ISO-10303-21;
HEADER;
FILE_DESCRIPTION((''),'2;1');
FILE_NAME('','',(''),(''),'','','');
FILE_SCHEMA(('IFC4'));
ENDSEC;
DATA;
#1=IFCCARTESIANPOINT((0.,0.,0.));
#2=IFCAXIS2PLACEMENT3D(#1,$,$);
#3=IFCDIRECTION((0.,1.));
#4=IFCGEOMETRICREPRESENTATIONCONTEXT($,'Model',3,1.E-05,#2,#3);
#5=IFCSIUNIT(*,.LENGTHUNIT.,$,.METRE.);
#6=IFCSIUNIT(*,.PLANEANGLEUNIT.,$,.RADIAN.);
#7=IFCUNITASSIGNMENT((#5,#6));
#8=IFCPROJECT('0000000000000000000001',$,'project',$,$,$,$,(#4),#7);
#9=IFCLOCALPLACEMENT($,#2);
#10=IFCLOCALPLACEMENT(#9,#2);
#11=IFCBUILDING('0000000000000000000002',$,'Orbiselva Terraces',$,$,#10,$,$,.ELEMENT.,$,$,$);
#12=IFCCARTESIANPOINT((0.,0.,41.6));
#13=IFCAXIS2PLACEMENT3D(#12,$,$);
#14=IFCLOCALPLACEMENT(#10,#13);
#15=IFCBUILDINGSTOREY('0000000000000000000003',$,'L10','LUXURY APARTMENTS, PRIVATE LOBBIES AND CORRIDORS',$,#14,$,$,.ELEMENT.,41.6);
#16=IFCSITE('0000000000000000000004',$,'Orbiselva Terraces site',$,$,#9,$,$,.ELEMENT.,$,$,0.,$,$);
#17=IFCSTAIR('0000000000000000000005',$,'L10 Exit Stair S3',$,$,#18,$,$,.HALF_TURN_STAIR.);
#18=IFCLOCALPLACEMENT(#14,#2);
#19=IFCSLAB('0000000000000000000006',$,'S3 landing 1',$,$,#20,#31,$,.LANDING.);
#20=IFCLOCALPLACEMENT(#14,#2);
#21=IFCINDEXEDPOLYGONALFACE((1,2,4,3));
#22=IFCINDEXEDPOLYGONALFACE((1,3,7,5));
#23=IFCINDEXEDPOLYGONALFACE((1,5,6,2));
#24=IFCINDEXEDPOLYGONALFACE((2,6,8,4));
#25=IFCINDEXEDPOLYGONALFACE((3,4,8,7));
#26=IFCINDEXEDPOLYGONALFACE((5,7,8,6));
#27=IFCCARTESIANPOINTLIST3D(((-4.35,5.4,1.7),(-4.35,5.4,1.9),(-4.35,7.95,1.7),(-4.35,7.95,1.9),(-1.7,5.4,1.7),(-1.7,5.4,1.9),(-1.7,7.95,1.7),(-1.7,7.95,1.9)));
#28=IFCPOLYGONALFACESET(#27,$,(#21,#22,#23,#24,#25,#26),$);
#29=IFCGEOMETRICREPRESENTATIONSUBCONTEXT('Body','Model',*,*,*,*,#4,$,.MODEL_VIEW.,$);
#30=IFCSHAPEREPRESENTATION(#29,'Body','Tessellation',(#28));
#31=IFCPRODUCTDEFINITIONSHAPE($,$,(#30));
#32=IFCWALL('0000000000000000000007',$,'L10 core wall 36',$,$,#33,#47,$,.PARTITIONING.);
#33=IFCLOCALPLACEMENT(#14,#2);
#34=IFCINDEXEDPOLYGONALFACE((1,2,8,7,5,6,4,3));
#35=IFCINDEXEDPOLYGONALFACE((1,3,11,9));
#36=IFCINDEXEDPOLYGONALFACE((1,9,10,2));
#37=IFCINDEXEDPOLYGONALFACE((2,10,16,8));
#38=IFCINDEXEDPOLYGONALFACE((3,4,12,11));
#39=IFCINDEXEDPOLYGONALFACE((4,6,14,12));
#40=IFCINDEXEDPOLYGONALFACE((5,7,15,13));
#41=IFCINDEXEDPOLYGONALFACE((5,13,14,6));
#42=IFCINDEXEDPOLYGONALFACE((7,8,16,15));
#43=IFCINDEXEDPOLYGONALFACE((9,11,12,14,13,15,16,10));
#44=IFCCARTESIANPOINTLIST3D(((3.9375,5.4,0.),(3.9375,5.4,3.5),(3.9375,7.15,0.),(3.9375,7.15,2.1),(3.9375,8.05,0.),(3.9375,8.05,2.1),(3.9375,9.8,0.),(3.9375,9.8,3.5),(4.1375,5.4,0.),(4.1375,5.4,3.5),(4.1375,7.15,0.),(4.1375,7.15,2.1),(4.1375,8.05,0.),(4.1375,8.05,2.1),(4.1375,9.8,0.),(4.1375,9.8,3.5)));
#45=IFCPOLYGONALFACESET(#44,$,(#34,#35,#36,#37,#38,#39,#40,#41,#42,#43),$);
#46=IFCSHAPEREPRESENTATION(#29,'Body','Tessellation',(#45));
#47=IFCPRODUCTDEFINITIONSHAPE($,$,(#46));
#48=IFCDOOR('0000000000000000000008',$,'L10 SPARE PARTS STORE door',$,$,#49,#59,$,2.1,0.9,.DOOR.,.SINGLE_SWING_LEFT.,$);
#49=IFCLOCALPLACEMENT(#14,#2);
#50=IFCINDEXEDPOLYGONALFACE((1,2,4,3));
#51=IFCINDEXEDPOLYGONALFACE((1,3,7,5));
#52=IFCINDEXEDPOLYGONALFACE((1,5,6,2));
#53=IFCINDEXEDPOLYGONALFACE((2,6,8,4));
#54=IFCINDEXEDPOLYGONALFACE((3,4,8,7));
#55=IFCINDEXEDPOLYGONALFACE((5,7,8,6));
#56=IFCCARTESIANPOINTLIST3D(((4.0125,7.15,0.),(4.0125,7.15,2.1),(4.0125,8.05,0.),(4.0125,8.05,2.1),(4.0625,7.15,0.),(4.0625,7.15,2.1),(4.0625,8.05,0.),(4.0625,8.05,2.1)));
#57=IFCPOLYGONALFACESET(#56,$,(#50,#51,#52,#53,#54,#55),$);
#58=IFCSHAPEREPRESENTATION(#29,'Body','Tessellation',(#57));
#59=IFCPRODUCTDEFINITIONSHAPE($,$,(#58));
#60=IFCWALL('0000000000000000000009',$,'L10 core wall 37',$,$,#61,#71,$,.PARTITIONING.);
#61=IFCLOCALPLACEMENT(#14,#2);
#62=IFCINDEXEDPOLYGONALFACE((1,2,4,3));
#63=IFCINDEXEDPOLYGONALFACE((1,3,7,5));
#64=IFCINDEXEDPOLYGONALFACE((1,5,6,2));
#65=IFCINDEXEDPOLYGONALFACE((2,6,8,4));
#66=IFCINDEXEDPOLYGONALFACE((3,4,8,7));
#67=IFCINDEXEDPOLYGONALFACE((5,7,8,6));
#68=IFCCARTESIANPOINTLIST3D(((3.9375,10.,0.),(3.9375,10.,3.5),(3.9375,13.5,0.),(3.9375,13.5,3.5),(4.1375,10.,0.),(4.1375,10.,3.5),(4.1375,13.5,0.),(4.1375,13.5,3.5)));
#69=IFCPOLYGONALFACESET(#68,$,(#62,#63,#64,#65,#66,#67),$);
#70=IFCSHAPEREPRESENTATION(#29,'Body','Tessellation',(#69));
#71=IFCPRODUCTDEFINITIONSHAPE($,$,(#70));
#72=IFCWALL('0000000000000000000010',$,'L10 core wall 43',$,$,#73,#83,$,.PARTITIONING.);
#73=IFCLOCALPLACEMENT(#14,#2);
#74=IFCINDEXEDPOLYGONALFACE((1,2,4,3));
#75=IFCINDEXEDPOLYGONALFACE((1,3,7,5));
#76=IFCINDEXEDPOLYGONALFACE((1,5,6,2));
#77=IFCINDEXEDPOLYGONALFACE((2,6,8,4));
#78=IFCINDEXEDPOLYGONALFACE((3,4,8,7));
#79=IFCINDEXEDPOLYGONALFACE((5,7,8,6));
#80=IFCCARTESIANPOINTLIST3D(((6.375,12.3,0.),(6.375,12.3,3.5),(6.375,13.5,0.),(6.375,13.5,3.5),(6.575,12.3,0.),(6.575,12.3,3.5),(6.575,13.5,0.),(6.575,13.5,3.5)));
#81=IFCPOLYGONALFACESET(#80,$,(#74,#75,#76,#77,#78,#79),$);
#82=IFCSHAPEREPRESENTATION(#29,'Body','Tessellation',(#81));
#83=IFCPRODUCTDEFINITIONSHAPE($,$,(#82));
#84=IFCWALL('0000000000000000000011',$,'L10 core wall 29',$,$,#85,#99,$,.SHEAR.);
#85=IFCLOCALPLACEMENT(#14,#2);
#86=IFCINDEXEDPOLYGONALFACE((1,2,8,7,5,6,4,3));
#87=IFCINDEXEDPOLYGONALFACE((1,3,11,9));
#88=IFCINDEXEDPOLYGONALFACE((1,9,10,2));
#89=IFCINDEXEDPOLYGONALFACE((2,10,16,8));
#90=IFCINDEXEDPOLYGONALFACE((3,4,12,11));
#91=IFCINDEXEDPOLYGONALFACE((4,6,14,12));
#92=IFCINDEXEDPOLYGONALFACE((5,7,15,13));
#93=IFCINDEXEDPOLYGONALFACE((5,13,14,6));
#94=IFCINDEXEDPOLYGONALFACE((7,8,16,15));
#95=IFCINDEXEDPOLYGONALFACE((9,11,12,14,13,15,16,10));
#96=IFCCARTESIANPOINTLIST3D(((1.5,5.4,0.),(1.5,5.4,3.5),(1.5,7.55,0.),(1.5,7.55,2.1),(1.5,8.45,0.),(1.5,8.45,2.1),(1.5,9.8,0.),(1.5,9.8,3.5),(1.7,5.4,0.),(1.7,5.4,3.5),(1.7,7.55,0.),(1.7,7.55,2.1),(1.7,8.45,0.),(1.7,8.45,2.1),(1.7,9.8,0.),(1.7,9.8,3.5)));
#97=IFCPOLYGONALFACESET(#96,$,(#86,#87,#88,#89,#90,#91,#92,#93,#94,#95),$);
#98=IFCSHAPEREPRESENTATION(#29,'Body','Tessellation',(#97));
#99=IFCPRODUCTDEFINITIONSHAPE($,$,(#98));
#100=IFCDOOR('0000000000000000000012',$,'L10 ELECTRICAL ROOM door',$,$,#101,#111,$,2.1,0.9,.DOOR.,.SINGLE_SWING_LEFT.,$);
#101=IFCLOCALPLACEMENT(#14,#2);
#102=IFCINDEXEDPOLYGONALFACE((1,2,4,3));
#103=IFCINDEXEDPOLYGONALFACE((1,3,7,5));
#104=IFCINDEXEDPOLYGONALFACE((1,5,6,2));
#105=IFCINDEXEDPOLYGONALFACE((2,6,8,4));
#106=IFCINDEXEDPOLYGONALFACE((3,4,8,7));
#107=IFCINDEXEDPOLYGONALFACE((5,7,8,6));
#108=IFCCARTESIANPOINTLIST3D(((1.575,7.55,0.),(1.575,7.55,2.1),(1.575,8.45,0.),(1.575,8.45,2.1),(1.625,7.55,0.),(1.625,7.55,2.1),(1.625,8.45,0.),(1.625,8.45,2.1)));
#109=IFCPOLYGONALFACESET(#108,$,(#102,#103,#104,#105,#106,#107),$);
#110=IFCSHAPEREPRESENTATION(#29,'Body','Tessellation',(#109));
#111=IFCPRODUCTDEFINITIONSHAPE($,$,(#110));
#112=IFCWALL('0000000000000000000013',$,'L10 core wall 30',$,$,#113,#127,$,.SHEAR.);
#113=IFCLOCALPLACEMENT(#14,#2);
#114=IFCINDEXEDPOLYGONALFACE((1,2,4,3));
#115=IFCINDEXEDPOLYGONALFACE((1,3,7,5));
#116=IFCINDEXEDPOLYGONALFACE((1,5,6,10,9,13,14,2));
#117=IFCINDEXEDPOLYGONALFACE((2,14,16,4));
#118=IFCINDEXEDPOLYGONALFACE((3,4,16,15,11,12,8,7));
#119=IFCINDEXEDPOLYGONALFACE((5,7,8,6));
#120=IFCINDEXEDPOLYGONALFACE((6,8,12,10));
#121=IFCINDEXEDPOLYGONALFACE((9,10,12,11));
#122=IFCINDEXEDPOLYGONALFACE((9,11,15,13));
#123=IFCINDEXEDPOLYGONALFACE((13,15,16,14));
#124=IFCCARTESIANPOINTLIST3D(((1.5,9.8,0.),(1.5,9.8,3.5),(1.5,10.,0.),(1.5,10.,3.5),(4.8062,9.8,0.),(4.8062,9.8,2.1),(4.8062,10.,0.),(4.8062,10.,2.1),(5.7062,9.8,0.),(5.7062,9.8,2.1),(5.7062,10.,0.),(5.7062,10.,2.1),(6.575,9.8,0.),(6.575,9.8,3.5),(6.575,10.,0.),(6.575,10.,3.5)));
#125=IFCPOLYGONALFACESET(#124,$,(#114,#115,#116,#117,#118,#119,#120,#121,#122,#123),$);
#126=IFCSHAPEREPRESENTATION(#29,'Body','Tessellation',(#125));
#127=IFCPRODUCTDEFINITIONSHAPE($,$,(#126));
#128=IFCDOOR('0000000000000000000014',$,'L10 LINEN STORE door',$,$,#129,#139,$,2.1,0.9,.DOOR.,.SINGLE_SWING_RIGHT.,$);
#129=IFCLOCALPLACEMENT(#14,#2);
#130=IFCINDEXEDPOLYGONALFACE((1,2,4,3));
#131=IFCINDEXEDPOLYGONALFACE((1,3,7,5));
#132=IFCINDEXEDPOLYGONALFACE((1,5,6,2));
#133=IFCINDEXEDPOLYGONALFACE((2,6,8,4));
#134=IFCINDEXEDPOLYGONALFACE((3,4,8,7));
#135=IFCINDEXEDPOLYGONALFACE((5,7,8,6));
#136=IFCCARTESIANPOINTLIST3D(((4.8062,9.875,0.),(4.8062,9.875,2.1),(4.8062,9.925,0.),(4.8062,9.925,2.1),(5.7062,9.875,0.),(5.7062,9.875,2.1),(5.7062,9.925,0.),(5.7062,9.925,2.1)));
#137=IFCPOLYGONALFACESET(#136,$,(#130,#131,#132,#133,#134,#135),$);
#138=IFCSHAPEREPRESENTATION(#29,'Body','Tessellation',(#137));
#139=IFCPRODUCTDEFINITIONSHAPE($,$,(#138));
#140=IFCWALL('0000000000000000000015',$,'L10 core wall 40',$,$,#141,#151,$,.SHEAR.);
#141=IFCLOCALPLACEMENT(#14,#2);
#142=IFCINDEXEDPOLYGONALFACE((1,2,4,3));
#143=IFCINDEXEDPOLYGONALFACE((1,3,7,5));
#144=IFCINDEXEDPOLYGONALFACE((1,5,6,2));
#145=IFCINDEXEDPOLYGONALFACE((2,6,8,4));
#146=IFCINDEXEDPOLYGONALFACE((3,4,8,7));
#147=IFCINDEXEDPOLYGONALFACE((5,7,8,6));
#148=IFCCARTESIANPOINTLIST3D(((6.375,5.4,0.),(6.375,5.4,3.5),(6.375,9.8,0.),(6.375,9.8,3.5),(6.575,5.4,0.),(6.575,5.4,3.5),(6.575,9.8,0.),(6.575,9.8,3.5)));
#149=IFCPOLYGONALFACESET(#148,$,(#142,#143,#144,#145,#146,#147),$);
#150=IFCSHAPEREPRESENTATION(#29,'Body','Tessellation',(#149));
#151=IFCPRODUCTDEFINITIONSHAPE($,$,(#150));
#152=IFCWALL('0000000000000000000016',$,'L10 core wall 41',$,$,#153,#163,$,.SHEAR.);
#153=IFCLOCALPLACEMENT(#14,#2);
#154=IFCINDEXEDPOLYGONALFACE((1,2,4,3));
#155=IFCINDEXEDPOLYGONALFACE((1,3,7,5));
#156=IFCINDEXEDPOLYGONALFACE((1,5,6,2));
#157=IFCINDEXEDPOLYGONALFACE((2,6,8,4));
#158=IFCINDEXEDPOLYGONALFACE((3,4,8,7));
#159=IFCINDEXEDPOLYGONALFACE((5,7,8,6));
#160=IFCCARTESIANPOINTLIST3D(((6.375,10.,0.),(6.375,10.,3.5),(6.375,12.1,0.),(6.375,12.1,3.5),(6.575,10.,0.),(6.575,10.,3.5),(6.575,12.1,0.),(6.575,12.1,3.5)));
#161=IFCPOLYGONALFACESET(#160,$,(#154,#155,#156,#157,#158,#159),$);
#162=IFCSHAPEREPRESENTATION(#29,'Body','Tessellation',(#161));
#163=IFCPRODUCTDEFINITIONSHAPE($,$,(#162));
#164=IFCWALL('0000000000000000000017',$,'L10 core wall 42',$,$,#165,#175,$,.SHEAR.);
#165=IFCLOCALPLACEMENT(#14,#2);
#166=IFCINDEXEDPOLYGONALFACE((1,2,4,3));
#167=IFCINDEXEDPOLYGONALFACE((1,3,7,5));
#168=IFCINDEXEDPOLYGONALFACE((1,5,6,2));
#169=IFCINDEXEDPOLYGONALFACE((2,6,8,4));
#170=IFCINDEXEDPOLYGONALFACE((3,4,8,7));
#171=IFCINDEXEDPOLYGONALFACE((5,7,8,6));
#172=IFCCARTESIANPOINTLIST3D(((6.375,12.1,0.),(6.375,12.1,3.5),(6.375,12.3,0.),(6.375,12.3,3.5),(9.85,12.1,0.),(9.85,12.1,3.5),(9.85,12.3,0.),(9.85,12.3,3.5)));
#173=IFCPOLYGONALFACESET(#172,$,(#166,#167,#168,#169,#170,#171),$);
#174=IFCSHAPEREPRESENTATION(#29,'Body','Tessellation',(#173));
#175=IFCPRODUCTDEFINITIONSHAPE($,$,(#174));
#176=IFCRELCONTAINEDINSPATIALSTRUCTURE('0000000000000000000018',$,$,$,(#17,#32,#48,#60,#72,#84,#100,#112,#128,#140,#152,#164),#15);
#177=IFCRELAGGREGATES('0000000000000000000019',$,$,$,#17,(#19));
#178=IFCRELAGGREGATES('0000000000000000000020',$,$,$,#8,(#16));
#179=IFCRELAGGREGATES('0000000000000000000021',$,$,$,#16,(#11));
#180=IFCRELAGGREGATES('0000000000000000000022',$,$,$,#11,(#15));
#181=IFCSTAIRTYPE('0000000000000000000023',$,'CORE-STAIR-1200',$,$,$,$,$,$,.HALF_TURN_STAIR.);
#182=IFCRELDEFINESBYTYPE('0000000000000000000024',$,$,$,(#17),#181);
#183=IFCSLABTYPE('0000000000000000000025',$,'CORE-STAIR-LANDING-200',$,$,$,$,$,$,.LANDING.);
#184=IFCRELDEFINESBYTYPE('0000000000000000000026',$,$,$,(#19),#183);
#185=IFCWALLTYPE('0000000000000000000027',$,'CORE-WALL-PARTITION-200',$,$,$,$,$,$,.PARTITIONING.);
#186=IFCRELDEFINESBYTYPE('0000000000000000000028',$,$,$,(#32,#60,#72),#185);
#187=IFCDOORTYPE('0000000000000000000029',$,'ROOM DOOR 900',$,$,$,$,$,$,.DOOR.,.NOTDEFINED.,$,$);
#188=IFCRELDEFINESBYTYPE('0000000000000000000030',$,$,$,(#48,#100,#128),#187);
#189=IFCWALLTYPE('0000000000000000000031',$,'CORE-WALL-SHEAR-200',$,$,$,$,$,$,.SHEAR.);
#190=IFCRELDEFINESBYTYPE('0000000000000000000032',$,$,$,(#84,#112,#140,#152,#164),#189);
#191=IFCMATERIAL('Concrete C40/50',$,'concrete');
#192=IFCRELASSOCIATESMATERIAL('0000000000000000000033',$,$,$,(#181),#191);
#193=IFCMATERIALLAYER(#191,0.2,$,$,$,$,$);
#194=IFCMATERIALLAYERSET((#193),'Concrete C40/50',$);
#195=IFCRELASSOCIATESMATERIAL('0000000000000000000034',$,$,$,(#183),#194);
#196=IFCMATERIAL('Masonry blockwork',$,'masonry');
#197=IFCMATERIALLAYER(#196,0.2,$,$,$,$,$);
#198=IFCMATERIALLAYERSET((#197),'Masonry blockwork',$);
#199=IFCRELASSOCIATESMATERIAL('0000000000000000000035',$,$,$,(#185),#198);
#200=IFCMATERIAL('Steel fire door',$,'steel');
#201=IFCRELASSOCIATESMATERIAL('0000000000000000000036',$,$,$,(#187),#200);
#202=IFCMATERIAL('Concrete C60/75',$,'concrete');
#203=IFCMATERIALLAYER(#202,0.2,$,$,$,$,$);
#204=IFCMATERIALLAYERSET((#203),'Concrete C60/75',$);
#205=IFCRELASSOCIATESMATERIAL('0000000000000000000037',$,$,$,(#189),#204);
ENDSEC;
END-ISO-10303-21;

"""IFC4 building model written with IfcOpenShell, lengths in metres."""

from ifc_helpers import new_model, si_unit, direction, frame, frame_2d, origin, place, context, subcontext, project, spatial, polyline, rectangle, outline, extrude, material, layer, layer_set, type_object, element, fill, aggregate, save


model = new_model("IFC4")

# Units and contexts
model_context = context("Model", 3, precision=1e-05, world=origin(), true_north=direction((0.0, 1.0)))
body_context = subcontext(model_context, "Body", "Model", "MODEL_VIEW")
ifc_project = project(units=[si_unit("LENGTHUNIT", "METRE"), si_unit("PLANEANGLEUNIT", "RADIAN")], contexts=[model_context])

# Site, building, storey
site_placement = place(None, origin())
site = spatial("IfcSite", under=ifc_project, at=site_placement, Name="Orbiselva Terraces site", CompositionType="ELEMENT", RefElevation=0.0)
building_placement = place(site_placement, origin())
building = spatial("IfcBuilding", under=site, at=building_placement, Name="Orbiselva Terraces", CompositionType="ELEMENT")
storey_placement = place(building_placement, frame((0.0, 0.0, 41.6)))
storey = spatial("IfcBuildingStorey", under=building, at=storey_placement, Name="L10", Description="LUXURY APARTMENTS, PRIVATE LOBBIES AND CORRIDORS", CompositionType="ELEMENT", Elevation=41.6)

# Stair, slab
ifc_material_1 = material(Name="Concrete C40/50", Category="concrete")
stair_type = type_object("IfcStairType", Name="CORE-STAIR-1200", PredefinedType="HALF_TURN_STAIR", material=ifc_material_1)
stair_placement = place(storey_placement, origin())
stair = element("IfcStair", 1, at=stair_placement, inside=storey, type_object=stair_type, Name="L10 Exit Stair S3", PredefinedType="HALF_TURN_STAIR")
ifc_layer_1 = layer(ifc_material_1, 0.2)
ifc_layer_set_1 = layer_set([ifc_layer_1], Name="Concrete C40/50")
slab_type = type_object("IfcSlabType", Name="CORE-STAIR-LANDING-200", PredefinedType="LANDING", material=ifc_layer_set_1)
slab_placement = place(storey_placement, frame((0.0, 0.0, 1.7)))
slab = element("IfcSlab", 2, at=slab_placement, type_object=slab_type, Name="S3 landing 1", PredefinedType="LANDING", context=body_context, shape_type="SweptSolid", body=[
    extrude(outline(polyline([(-4.35, 5.4), (-1.7, 5.4), (-1.7, 7.95), (-4.35, 7.95), (-4.35, 5.4)])), origin(), (0.0, 0.0, 1.0), 0.2),
])
aggregate(stair, [slab])

# Wall, opening, door
ifc_material_2 = material(Name="Masonry blockwork", Category="masonry")
ifc_layer_2 = layer(ifc_material_2, 0.2)
ifc_layer_set_2 = layer_set([ifc_layer_2], Name="Masonry blockwork")
wall_type_1 = type_object("IfcWallType", Name="CORE-WALL-PARTITION-200", PredefinedType="PARTITIONING", material=ifc_layer_set_2)
wall_1_placement = place(storey_placement, frame((4.0375, 9.8, 0.0), z_axis=(0.0, 0.0, 1.0), x_axis=(0.0, -1.0, 0.0)))
wall_1 = element("IfcWall", 3, at=wall_1_placement, inside=storey, type_object=wall_type_1, Name="L10 core wall 36", PredefinedType="PARTITIONING", context=body_context, shape_type="SweptSolid", body=[
    extrude(rectangle(XDim=4.4, YDim=0.2, at=frame_2d((2.2, 0.0))), origin(), (0.0, 0.0, 1.0), 3.5),
])
opening_1_placement = place(wall_1_placement, frame((1.75, 0.0, 0.0)))
opening_1 = element("IfcOpeningElement", 4, at=opening_1_placement, cuts=wall_1, PredefinedType="OPENING", context=body_context, shape_type="SweptSolid", body=[
    extrude(rectangle(XDim=0.9, YDim=2.1, at=frame_2d((0.45, 1.05))), frame((0.0, 0.11, 0.0), z_axis=(0.0, -1.0, 0.0), x_axis=(1.0, 0.0, 0.0)), (0.0, 0.0, 1.0), 0.22),
])
ifc_material_3 = material(Name="Steel fire door", Category="steel")
door_type_1 = type_object("IfcDoorType", Name="ROOM DOOR 900", OperationType="NOTDEFINED", PredefinedType="DOOR", material=ifc_material_3)
door_1_placement = place(opening_1_placement, origin())
door_1 = element("IfcDoor", 5, at=door_1_placement, inside=storey, type_object=door_type_1, Name="L10 SPARE PARTS STORE door", OperationType="SINGLE_SWING_LEFT", OverallHeight=2.1, OverallWidth=0.9, PredefinedType="DOOR", context=body_context, shape_type="SweptSolid", body=[
    extrude(rectangle(XDim=0.9, YDim=2.1, at=frame_2d((0.45, 1.05))), frame((0.0, 0.025, 0.0), z_axis=(0.0, -1.0, 0.0), x_axis=(1.0, 0.0, 0.0)), (0.0, 0.0, 1.0), 0.05),
])
fill(opening_1, door_1)

# Walls
wall_2_placement = place(storey_placement, frame((4.0375, 10.0, 0.0), z_axis=(0.0, 0.0, 1.0), x_axis=(0.0, 1.0, 0.0)))
element("IfcWall", 6, at=wall_2_placement, inside=storey, type_object=wall_type_1, Name="L10 core wall 37", PredefinedType="PARTITIONING", context=body_context, shape_type="SweptSolid", body=[
    extrude(rectangle(XDim=3.5, YDim=0.2, at=frame_2d((1.75, 0.0))), origin(), (0.0, 0.0, 1.0), 3.5),
])
wall_3_placement = place(storey_placement, frame((6.475, 12.3, 0.0), z_axis=(0.0, 0.0, 1.0), x_axis=(0.0, 1.0, 0.0)))
element("IfcWall", 7, at=wall_3_placement, inside=storey, type_object=wall_type_1, Name="L10 core wall 43", PredefinedType="PARTITIONING", context=body_context, shape_type="SweptSolid", body=[
    extrude(rectangle(XDim=1.2, YDim=0.2, at=frame_2d((0.6, 0.0))), origin(), (0.0, 0.0, 1.0), 3.5),
])

# Walls, openings, doors
ifc_material_4 = material(Name="Concrete C60/75", Category="concrete")
ifc_layer_3 = layer(ifc_material_4, 0.2)
ifc_layer_set_3 = layer_set([ifc_layer_3], Name="Concrete C60/75")
wall_type_2 = type_object("IfcWallType", Name="CORE-WALL-SHEAR-200", PredefinedType="SHEAR", material=ifc_layer_set_3)
wall_4_placement = place(storey_placement, frame((1.6, 9.8, 0.0), z_axis=(0.0, 0.0, 1.0), x_axis=(0.0, -1.0, 0.0)))
wall_4 = element("IfcWall", 8, at=wall_4_placement, inside=storey, type_object=wall_type_2, Name="L10 core wall 29", PredefinedType="SHEAR", context=body_context, shape_type="SweptSolid", body=[
    extrude(rectangle(XDim=4.4, YDim=0.2, at=frame_2d((2.2, 0.0))), origin(), (0.0, 0.0, 1.0), 3.5),
])
opening_2_placement = place(wall_4_placement, frame((1.35, 0.0, 0.0)))
opening_2 = element("IfcOpeningElement", 9, at=opening_2_placement, cuts=wall_4, PredefinedType="OPENING", context=body_context, shape_type="SweptSolid", body=[
    extrude(rectangle(XDim=0.9, YDim=2.1, at=frame_2d((0.45, 1.05))), frame((0.0, 0.11, 0.0), z_axis=(0.0, -1.0, 0.0), x_axis=(1.0, 0.0, 0.0)), (0.0, 0.0, 1.0), 0.22),
])
door_2_placement = place(opening_2_placement, origin())
door_2 = element("IfcDoor", 10, at=door_2_placement, inside=storey, type_object=door_type_1, Name="L10 ELECTRICAL ROOM door", OperationType="SINGLE_SWING_LEFT", OverallHeight=2.1, OverallWidth=0.9, PredefinedType="DOOR", context=body_context, shape_type="SweptSolid", body=[
    extrude(rectangle(XDim=0.9, YDim=2.1, at=frame_2d((0.45, 1.05))), frame((0.0, 0.025, 0.0), z_axis=(0.0, -1.0, 0.0), x_axis=(1.0, 0.0, 0.0)), (0.0, 0.0, 1.0), 0.05),
])
fill(opening_2, door_2)
wall_5_placement = place(storey_placement, frame((1.5, 9.9, 0.0), z_axis=(0.0, 0.0, 1.0), x_axis=(1.0, 0.0, 0.0)))
wall_5 = element("IfcWall", 11, at=wall_5_placement, inside=storey, type_object=wall_type_2, Name="L10 core wall 30", PredefinedType="SHEAR", context=body_context, shape_type="SweptSolid", body=[
    extrude(rectangle(XDim=5.075, YDim=0.2, at=frame_2d((2.5375, 0.0))), origin(), (0.0, 0.0, 1.0), 3.5),
])
opening_3_placement = place(wall_5_placement, frame((3.3062, 0.0, 0.0)))
opening_3 = element("IfcOpeningElement", 12, at=opening_3_placement, cuts=wall_5, PredefinedType="OPENING", context=body_context, shape_type="SweptSolid", body=[
    extrude(rectangle(XDim=0.9, YDim=2.1, at=frame_2d((0.45, 1.05))), frame((0.0, 0.11, 0.0), z_axis=(0.0, -1.0, 0.0), x_axis=(1.0, 0.0, 0.0)), (0.0, 0.0, 1.0), 0.22),
])
door_3_placement = place(opening_3_placement, origin())
door_3 = element("IfcDoor", 13, at=door_3_placement, inside=storey, type_object=door_type_1, Name="L10 LINEN STORE door", OperationType="SINGLE_SWING_RIGHT", OverallHeight=2.1, OverallWidth=0.9, PredefinedType="DOOR", context=body_context, shape_type="SweptSolid", body=[
    extrude(rectangle(XDim=0.9, YDim=2.1, at=frame_2d((0.45, 1.05))), frame((0.0, 0.025, 0.0), z_axis=(0.0, -1.0, 0.0), x_axis=(1.0, 0.0, 0.0)), (0.0, 0.0, 1.0), 0.05),
])
fill(opening_3, door_3)

# Walls
wall_6_placement = place(storey_placement, frame((6.475, 5.4, 0.0), z_axis=(0.0, 0.0, 1.0), x_axis=(0.0, 1.0, 0.0)))
element("IfcWall", 14, at=wall_6_placement, inside=storey, type_object=wall_type_2, Name="L10 core wall 40", PredefinedType="SHEAR", context=body_context, shape_type="SweptSolid", body=[
    extrude(rectangle(XDim=4.4, YDim=0.2, at=frame_2d((2.2, 0.0))), origin(), (0.0, 0.0, 1.0), 3.5),
])
wall_7_placement = place(storey_placement, frame((6.475, 10.0, 0.0), z_axis=(0.0, 0.0, 1.0), x_axis=(0.0, 1.0, 0.0)))
element("IfcWall", 15, at=wall_7_placement, inside=storey, type_object=wall_type_2, Name="L10 core wall 41", PredefinedType="SHEAR", context=body_context, shape_type="SweptSolid", body=[
    extrude(rectangle(XDim=2.1, YDim=0.2, at=frame_2d((1.05, 0.0))), origin(), (0.0, 0.0, 1.0), 3.5),
])
wall_8_placement = place(storey_placement, frame((6.375, 12.2, 0.0), z_axis=(0.0, 0.0, 1.0), x_axis=(1.0, 0.0, 0.0)))
element("IfcWall", 16, at=wall_8_placement, inside=storey, type_object=wall_type_2, Name="L10 core wall 42", PredefinedType="SHEAR", context=body_context, shape_type="SweptSolid", body=[
    extrude(rectangle(XDim=3.475, YDim=0.2, at=frame_2d((1.7375, 0.0))), origin(), (0.0, 0.0, 1.0), 3.5),
])

save(model, "model.ifc")
